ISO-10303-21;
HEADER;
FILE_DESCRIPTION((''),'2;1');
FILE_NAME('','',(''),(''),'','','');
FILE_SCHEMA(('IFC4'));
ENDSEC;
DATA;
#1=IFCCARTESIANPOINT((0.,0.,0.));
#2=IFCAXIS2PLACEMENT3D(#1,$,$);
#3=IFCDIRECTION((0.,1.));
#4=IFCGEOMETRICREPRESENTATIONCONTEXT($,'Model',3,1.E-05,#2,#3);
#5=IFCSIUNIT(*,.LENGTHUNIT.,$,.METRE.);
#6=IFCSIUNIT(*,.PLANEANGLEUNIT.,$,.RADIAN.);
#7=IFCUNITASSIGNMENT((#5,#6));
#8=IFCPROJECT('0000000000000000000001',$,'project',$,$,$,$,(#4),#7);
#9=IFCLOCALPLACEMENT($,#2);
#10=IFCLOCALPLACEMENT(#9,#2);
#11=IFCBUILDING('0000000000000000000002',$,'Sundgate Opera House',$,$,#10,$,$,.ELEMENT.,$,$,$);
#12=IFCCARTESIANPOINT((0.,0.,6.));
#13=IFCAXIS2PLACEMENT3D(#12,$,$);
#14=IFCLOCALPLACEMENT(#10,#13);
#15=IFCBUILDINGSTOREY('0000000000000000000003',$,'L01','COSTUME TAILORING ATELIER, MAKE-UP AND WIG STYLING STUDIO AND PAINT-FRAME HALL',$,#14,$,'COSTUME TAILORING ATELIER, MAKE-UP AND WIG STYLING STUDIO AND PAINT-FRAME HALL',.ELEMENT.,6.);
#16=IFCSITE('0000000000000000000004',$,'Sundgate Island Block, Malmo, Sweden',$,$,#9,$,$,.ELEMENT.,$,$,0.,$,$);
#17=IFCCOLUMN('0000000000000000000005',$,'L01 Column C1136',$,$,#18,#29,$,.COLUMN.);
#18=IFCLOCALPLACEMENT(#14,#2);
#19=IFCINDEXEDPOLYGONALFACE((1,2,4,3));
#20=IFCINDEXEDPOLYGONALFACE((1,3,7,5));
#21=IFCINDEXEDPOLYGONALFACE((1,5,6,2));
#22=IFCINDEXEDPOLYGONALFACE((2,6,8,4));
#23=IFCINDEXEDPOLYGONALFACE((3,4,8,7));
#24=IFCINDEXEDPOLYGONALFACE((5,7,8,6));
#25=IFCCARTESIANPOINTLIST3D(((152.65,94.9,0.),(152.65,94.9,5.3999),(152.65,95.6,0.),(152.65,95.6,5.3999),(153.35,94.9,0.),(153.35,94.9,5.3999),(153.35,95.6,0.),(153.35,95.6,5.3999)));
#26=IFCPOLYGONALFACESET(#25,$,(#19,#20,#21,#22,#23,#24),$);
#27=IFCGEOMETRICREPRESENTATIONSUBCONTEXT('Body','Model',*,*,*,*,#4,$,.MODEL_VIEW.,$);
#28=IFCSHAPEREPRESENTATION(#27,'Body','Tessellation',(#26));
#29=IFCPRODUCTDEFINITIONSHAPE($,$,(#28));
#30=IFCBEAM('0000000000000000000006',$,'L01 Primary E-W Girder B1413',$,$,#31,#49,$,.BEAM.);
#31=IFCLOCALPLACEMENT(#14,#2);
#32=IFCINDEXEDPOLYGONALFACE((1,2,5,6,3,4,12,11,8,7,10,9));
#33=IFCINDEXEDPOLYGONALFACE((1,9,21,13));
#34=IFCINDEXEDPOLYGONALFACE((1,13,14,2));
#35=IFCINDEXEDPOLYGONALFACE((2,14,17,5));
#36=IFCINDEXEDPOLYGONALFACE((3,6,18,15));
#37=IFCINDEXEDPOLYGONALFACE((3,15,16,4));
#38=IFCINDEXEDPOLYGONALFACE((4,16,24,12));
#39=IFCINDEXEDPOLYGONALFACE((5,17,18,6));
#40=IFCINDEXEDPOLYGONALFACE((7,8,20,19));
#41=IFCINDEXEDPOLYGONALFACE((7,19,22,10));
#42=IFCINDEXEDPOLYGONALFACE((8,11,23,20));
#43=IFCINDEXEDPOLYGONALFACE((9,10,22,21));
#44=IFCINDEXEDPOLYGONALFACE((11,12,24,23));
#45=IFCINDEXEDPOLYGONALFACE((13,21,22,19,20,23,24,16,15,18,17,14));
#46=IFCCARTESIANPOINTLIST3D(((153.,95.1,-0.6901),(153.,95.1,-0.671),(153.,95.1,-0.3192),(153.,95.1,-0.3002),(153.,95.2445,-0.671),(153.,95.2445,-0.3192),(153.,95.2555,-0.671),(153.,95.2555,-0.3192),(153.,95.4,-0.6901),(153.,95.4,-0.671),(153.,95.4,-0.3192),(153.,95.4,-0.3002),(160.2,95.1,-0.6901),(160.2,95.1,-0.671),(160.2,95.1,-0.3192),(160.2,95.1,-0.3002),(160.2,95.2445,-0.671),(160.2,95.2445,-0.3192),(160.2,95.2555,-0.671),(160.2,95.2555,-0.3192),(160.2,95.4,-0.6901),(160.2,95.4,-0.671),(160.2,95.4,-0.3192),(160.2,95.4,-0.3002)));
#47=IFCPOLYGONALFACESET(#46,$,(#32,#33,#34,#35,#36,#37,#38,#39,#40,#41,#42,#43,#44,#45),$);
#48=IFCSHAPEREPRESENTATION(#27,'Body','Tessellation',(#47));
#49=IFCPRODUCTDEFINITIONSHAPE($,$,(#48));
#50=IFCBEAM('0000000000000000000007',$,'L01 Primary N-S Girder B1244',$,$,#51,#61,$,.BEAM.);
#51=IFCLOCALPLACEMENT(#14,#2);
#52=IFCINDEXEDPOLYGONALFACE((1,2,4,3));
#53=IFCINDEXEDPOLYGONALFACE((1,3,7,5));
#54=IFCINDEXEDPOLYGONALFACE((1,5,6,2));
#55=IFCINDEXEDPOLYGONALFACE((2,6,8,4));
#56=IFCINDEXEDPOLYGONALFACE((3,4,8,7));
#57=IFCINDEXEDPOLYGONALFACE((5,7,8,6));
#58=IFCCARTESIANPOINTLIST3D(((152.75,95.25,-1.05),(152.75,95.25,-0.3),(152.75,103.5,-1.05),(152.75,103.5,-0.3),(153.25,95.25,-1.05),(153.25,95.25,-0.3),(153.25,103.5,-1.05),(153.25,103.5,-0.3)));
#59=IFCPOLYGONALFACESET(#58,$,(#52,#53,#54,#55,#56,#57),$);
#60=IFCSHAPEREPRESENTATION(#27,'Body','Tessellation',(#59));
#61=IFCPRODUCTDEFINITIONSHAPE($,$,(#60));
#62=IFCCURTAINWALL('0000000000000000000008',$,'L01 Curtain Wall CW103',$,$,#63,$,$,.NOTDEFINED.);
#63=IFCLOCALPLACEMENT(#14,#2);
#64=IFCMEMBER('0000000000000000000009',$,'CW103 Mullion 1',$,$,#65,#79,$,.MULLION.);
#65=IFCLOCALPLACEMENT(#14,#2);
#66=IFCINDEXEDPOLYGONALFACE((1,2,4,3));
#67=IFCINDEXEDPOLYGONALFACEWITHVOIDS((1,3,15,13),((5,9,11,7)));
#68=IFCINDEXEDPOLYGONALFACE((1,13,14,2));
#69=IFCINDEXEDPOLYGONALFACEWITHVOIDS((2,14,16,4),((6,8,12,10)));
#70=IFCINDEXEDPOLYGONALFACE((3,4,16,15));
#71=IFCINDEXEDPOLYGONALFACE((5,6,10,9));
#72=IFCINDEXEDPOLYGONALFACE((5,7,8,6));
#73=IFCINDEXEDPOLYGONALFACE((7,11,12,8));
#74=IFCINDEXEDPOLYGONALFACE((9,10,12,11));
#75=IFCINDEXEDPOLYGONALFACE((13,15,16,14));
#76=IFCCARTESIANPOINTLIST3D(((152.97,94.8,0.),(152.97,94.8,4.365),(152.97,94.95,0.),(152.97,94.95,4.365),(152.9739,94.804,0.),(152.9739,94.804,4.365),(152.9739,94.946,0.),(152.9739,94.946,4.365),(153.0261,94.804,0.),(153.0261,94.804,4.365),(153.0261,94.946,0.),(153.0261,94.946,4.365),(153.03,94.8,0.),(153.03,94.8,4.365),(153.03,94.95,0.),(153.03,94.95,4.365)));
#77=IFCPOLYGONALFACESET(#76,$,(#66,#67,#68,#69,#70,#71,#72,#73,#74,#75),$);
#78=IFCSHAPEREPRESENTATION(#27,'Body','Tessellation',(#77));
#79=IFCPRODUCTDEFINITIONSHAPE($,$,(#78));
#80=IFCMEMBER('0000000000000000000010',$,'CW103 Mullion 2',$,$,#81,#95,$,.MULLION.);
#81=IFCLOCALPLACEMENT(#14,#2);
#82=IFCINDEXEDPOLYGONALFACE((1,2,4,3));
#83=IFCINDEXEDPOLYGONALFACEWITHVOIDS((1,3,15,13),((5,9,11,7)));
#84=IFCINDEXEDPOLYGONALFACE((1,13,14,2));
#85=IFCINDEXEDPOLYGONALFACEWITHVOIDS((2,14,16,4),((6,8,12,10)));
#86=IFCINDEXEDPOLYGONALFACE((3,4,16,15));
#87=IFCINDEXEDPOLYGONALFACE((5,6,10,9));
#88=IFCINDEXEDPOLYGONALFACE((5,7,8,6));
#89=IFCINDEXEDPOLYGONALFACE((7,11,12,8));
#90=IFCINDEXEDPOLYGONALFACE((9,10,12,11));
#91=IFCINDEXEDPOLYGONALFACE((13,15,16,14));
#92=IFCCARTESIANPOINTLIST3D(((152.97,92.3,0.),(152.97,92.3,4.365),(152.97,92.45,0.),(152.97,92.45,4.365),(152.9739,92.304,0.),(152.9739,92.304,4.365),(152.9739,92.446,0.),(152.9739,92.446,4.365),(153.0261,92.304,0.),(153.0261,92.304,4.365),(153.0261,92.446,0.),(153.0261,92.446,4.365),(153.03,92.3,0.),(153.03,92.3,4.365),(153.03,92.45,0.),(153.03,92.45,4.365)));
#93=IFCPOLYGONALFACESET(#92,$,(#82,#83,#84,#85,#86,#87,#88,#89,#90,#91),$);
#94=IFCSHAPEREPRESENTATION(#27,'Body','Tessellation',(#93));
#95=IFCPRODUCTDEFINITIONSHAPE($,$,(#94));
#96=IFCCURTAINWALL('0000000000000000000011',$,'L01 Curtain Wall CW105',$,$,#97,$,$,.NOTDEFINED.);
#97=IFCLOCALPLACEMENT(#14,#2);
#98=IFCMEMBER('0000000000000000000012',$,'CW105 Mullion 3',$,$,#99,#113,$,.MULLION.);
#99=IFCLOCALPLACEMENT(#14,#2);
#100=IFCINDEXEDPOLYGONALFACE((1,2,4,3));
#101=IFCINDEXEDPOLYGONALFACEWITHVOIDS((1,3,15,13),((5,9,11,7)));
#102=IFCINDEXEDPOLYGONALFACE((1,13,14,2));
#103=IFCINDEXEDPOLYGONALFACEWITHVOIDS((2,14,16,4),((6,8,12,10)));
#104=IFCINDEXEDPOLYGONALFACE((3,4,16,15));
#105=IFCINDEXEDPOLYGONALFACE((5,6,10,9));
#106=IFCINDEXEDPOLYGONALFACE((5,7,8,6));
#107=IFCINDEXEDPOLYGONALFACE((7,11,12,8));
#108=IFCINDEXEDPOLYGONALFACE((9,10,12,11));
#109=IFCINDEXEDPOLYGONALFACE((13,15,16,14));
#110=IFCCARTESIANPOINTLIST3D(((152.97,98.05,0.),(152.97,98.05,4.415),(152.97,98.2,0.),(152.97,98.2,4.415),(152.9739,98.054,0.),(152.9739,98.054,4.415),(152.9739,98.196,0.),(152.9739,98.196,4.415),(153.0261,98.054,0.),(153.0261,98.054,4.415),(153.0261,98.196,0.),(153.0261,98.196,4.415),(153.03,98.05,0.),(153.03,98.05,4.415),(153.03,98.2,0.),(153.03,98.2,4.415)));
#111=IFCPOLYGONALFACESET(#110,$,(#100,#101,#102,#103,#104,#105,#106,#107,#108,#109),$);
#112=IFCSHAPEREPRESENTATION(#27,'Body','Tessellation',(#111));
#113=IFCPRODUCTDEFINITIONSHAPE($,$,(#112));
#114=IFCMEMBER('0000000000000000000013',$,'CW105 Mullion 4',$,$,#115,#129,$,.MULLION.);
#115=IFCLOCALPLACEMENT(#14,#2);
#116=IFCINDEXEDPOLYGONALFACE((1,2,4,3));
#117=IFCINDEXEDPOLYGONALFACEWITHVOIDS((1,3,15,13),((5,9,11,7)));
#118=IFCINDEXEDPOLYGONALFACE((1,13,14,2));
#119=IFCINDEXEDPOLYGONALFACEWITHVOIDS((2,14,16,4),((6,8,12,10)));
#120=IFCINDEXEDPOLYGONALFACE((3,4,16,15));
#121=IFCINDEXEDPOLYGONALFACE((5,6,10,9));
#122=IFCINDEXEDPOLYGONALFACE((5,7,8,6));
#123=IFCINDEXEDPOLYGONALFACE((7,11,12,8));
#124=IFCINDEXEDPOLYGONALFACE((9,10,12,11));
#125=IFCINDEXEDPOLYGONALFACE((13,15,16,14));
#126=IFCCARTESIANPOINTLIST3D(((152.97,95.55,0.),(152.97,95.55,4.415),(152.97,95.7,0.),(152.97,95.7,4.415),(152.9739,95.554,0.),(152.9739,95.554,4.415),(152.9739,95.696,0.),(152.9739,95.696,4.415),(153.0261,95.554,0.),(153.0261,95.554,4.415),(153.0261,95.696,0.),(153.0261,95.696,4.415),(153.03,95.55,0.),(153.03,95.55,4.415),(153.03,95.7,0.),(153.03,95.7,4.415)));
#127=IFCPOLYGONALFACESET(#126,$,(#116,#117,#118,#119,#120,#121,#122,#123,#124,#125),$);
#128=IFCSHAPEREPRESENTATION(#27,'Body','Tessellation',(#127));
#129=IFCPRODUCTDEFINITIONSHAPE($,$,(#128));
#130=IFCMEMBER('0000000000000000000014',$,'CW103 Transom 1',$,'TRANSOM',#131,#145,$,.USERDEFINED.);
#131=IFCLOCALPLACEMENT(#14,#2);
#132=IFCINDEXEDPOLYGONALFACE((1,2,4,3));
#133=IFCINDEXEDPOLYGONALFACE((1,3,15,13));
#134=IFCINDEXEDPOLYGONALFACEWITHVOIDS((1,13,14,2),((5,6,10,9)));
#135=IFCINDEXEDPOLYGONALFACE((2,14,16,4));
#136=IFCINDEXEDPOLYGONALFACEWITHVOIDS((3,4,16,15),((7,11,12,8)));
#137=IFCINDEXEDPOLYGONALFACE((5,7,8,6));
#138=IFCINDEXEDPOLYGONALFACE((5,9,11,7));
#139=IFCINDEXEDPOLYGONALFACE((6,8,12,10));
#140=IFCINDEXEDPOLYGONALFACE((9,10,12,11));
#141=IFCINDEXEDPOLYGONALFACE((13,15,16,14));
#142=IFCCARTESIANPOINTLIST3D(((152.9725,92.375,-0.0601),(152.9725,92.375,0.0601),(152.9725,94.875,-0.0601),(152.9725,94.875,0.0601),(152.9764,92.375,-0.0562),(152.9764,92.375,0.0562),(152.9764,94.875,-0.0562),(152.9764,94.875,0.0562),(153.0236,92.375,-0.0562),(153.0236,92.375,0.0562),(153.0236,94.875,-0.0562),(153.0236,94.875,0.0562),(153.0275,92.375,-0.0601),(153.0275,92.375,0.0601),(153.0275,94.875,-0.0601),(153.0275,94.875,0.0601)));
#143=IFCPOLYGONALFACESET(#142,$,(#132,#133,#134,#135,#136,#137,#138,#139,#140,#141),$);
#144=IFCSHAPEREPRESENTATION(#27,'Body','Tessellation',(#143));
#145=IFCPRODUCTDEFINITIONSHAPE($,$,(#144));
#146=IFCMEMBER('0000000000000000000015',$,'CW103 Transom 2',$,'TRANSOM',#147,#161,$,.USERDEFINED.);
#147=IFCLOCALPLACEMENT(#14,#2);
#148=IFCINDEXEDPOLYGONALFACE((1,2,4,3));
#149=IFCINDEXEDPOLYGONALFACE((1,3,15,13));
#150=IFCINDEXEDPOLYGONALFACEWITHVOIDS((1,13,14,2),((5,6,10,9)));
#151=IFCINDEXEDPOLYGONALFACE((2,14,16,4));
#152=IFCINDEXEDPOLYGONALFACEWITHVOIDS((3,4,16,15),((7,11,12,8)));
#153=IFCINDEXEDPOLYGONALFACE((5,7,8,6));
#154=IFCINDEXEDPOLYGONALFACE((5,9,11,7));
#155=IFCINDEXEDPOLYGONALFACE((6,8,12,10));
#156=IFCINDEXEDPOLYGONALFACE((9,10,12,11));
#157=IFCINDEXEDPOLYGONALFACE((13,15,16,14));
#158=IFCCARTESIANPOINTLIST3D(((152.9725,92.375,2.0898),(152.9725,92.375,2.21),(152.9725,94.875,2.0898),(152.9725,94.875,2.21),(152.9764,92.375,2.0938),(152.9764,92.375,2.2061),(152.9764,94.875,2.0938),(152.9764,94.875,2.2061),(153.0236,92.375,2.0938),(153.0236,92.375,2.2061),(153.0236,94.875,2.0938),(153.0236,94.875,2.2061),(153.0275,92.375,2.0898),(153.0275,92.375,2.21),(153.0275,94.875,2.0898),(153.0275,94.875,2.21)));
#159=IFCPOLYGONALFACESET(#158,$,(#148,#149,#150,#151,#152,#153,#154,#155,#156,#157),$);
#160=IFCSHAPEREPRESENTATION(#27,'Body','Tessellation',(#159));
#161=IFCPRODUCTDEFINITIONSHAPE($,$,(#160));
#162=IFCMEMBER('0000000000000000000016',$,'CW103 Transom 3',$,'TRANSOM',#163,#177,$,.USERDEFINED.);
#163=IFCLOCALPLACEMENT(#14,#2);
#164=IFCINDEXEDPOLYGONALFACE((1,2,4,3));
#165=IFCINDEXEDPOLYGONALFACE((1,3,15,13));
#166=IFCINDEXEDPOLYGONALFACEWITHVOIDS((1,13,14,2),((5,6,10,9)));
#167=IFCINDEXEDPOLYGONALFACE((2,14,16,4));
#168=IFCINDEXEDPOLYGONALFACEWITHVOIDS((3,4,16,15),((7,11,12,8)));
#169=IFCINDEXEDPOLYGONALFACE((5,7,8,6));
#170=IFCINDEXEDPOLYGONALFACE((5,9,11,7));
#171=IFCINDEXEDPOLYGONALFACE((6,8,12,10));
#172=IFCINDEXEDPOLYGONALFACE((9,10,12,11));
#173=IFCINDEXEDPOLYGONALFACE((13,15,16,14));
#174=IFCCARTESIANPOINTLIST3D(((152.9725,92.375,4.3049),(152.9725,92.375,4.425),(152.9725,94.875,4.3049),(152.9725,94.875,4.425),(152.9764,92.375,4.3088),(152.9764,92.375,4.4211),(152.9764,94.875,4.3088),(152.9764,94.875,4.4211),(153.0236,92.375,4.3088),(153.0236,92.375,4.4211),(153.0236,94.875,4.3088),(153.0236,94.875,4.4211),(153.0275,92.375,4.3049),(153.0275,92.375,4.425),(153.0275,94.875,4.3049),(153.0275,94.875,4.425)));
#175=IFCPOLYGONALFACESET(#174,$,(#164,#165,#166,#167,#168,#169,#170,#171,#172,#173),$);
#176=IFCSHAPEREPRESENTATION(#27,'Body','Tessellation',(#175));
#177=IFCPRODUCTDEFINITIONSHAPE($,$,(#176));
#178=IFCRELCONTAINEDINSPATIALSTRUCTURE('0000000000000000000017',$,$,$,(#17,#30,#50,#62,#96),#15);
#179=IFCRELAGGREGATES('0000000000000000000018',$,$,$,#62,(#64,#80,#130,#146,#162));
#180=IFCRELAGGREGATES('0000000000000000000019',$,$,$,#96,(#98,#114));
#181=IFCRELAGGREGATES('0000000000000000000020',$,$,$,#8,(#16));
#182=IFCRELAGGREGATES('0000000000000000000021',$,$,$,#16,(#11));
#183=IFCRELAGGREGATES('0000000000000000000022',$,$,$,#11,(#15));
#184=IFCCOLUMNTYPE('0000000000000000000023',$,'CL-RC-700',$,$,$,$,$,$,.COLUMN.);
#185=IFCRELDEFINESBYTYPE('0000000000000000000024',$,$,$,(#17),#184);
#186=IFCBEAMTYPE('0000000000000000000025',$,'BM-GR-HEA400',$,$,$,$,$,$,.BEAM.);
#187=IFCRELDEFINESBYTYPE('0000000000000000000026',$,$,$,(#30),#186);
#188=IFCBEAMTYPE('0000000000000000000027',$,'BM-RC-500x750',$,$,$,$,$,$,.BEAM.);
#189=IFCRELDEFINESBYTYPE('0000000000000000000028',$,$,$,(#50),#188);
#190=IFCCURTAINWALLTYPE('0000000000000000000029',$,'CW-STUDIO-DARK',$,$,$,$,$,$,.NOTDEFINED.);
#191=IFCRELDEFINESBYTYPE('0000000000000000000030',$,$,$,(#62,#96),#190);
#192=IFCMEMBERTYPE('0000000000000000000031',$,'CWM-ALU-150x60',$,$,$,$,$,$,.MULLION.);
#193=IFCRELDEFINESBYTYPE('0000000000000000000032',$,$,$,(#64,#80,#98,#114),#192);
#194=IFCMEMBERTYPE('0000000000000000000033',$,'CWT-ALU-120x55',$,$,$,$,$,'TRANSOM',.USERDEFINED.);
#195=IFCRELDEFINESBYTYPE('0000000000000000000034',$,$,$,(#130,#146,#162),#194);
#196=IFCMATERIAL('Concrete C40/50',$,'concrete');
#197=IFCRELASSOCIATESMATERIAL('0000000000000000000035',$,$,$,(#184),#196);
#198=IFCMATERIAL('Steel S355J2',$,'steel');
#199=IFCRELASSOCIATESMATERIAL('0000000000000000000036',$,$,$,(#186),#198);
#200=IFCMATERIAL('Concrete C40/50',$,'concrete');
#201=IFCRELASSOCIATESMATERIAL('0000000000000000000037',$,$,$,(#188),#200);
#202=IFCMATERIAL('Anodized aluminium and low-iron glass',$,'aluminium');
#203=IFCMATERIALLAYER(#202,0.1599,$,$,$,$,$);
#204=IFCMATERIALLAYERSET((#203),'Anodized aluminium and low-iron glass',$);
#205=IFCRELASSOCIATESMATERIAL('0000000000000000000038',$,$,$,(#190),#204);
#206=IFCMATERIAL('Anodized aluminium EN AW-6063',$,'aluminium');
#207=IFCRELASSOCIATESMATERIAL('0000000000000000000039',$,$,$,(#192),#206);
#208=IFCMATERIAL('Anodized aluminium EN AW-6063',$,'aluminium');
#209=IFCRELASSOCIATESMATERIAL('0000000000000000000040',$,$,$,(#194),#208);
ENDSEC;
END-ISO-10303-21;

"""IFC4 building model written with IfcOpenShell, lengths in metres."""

from ifc_helpers import new_model, si_unit, direction, frame, origin, origin_2d, place, context, subcontext, project, spatial, rectangle, hollow_rectangle, i_section, extrude, material, layer, layer_set, material_profile, profile_set, type_object, element, aggregate, save


model = new_model("IFC4")

# Units and contexts
model_context = context("Model", 3, precision=1e-05, world=origin(), true_north=direction((0.0, 1.0)))
body_context = subcontext(model_context, "Body", "Model", "MODEL_VIEW")
ifc_project = project(units=[si_unit("LENGTHUNIT", "METRE"), si_unit("PLANEANGLEUNIT", "RADIAN")], contexts=[model_context])

# Site, building, storey
site_placement = place(None, origin())
site = spatial("IfcSite", under=ifc_project, at=site_placement, Name="Sundgate Island Block, Malmo, Sweden", CompositionType="ELEMENT", RefElevation=0.0)
building_placement = place(site_placement, origin())
building = spatial("IfcBuilding", under=site, at=building_placement, Name="Sundgate Opera House", CompositionType="ELEMENT")
storey_placement = place(building_placement, frame((0.0, 0.0, 6.0)))
storey = spatial("IfcBuildingStorey", under=building, at=storey_placement, Name="L01", Description="COSTUME TAILORING ATELIER, MAKE-UP AND WIG STYLING STUDIO AND PAINT-FRAME HALL", LongName="COSTUME TAILORING ATELIER, MAKE-UP AND WIG STYLING STUDIO AND PAINT-FRAME HALL", CompositionType="ELEMENT", Elevation=6.0)

# Column
ifc_material_1 = material(Name="Concrete C40/50", Category="concrete")
ifc_material_profile_1 = material_profile(ifc_material_1, rectangle(XDim=0.7, YDim=0.7, at=origin_2d()), Name="RC 700x700")
ifc_profile_set_1 = profile_set([ifc_material_profile_1], Name="Concrete C40/50")
column_type = type_object("IfcColumnType", Name="CL-RC-700", PredefinedType="COLUMN", material=ifc_profile_set_1)
column_placement = place(storey_placement, frame((153.0, 95.25, 0.0), z_axis=(0.0, 0.0, 1.0), x_axis=(1.0, 0.0, 0.0)))
element("IfcColumn", 1, at=column_placement, inside=storey, type_object=column_type, Name="L01 Column C1136", PredefinedType="COLUMN", context=body_context, shape_type="SweptSolid", body=[
    extrude(rectangle(XDim=0.7, YDim=0.7, at=origin_2d()), origin(), (0.0, 0.0, 1.0), 5.3999),
])

# Beams
ifc_material_2 = material(Name="Steel S355J2", Category="steel")
ifc_material_profile_2 = material_profile(ifc_material_2, i_section(OverallWidth=0.3, OverallDepth=0.3899, WebThickness=0.011, FlangeThickness=0.019, at=origin_2d()), Name="HEA 400")
ifc_profile_set_2 = profile_set([ifc_material_profile_2], Name="Steel S355J2")
beam_type_1 = type_object("IfcBeamType", Name="BM-GR-HEA400", PredefinedType="BEAM", material=ifc_profile_set_2)
beam_1_placement = place(storey_placement, frame((153.0, 95.25, -0.4951), z_axis=(1.0, 0.0, 0.0), x_axis=(0.0, 1.0, 0.0)))
element("IfcBeam", 2, at=beam_1_placement, inside=storey, type_object=beam_type_1, Name="L01 Primary E-W Girder B1413", PredefinedType="BEAM", context=body_context, shape_type="SweptSolid", body=[
    extrude(i_section(OverallWidth=0.3, OverallDepth=0.3899, WebThickness=0.011, FlangeThickness=0.019, at=origin_2d()), origin(), (0.0, 0.0, 1.0), 7.2),
])
ifc_material_3 = material(Name="Concrete C40/50", Category="concrete")
ifc_material_profile_3 = material_profile(ifc_material_3, rectangle(XDim=0.5, YDim=0.75, at=origin_2d()), Name="RC 500x750")
ifc_profile_set_3 = profile_set([ifc_material_profile_3], Name="Concrete C40/50")
beam_type_2 = type_object("IfcBeamType", Name="BM-RC-500x750", PredefinedType="BEAM", material=ifc_profile_set_3)
beam_2_placement = place(storey_placement, frame((153.0, 95.25, -0.675), z_axis=(0.0, 1.0, 0.0), x_axis=(-1.0, 0.0, 0.0)))
element("IfcBeam", 3, at=beam_2_placement, inside=storey, type_object=beam_type_2, Name="L01 Primary N-S Girder B1244", PredefinedType="BEAM", context=body_context, shape_type="SweptSolid", body=[
    extrude(rectangle(XDim=0.5, YDim=0.75, at=origin_2d()), origin(), (0.0, 0.0, 1.0), 8.25),
])

# Curtain walls, members
ifc_material_4 = material(Name="Anodized aluminium and low-iron glass", Category="aluminium")
ifc_layer_1 = layer(ifc_material_4, 0.1599)
ifc_layer_set_1 = layer_set([ifc_layer_1], Name="Anodized aluminium and low-iron glass")
curtain_wall_type = type_object("IfcCurtainWallType", Name="CW-STUDIO-DARK", PredefinedType="NOTDEFINED", material=ifc_layer_set_1)
curtain_wall_1_placement = place(storey_placement, origin())
curtain_wall_1 = element("IfcCurtainWall", 4, at=curtain_wall_1_placement, inside=storey, type_object=curtain_wall_type, Name="L01 Curtain Wall CW103", PredefinedType="NOTDEFINED")
ifc_material_5 = material(Name="Anodized aluminium EN AW-6063", Category="aluminium")
ifc_material_profile_4 = material_profile(ifc_material_5, hollow_rectangle(XDim=0.0601, YDim=0.1499, WallThickness=0.0039, at=origin_2d()), Name="CWM 150x60x4")
ifc_profile_set_4 = profile_set([ifc_material_profile_4], Name="Anodized aluminium EN AW-6063")
member_type_1 = type_object("IfcMemberType", Name="CWM-ALU-150x60", PredefinedType="MULLION", material=ifc_profile_set_4)
member_1_placement = place(storey_placement, frame((153.0, 94.875, 0.0), z_axis=(0.0, 0.0, 1.0), x_axis=(1.0, 0.0, 0.0)))
member_1 = element("IfcMember", 5, at=member_1_placement, type_object=member_type_1, Name="CW103 Mullion 1", PredefinedType="MULLION", context=body_context, shape_type="SweptSolid", body=[
    extrude(hollow_rectangle(XDim=0.0601, YDim=0.1499, WallThickness=0.0039, at=origin_2d()), origin(), (0.0, 0.0, 1.0), 4.365),
])
member_2_placement = place(storey_placement, frame((153.0, 92.375, 0.0), z_axis=(0.0, 0.0, 1.0), x_axis=(1.0, 0.0, 0.0)))
member_2 = element("IfcMember", 6, at=member_2_placement, type_object=member_type_1, Name="CW103 Mullion 2", PredefinedType="MULLION", context=body_context, shape_type="SweptSolid", body=[
    extrude(hollow_rectangle(XDim=0.0601, YDim=0.1499, WallThickness=0.0039, at=origin_2d()), origin(), (0.0, 0.0, 1.0), 4.365),
])
curtain_wall_2_placement = place(storey_placement, origin())
curtain_wall_2 = element("IfcCurtainWall", 7, at=curtain_wall_2_placement, inside=storey, type_object=curtain_wall_type, Name="L01 Curtain Wall CW105", PredefinedType="NOTDEFINED")
member_3_placement = place(storey_placement, frame((153.0, 98.125, 0.0), z_axis=(0.0, 0.0, 1.0), x_axis=(1.0, 0.0, 0.0)))
member_3 = element("IfcMember", 8, at=member_3_placement, type_object=member_type_1, Name="CW105 Mullion 3", PredefinedType="MULLION", context=body_context, shape_type="SweptSolid", body=[
    extrude(hollow_rectangle(XDim=0.0601, YDim=0.1499, WallThickness=0.0039, at=origin_2d()), origin(), (0.0, 0.0, 1.0), 4.415),
])
member_4_placement = place(storey_placement, frame((153.0, 95.625, 0.0), z_axis=(0.0, 0.0, 1.0), x_axis=(1.0, 0.0, 0.0)))
member_4 = element("IfcMember", 9, at=member_4_placement, type_object=member_type_1, Name="CW105 Mullion 4", PredefinedType="MULLION", context=body_context, shape_type="SweptSolid", body=[
    extrude(hollow_rectangle(XDim=0.0601, YDim=0.1499, WallThickness=0.0039, at=origin_2d()), origin(), (0.0, 0.0, 1.0), 4.415),
])

# Members
ifc_material_6 = material(Name="Anodized aluminium EN AW-6063", Category="aluminium")
ifc_material_profile_5 = material_profile(ifc_material_6, hollow_rectangle(XDim=0.0549, YDim=0.1201, WallThickness=0.0039, at=origin_2d()), Name="CWT 120x55x4")
ifc_profile_set_5 = profile_set([ifc_material_profile_5], Name="Anodized aluminium EN AW-6063")
member_type_2 = type_object("IfcMemberType", Name="CWT-ALU-120x55", ElementType="TRANSOM", PredefinedType="USERDEFINED", material=ifc_profile_set_5)
member_5_placement = place(storey_placement, frame((153.0, 94.875, 0.0), z_axis=(0.0, -1.0, 0.0), x_axis=(1.0, 0.0, 0.0)))
member_5 = element("IfcMember", 10, at=member_5_placement, type_object=member_type_2, Name="CW103 Transom 1", ObjectType="TRANSOM", PredefinedType="USERDEFINED", context=body_context, shape_type="SweptSolid", body=[
    extrude(hollow_rectangle(XDim=0.0549, YDim=0.1201, WallThickness=0.0039, at=origin_2d()), origin(), (0.0, 0.0, 1.0), 2.5),
])
member_6_placement = place(storey_placement, frame((153.0, 94.875, 2.1499), z_axis=(0.0, -1.0, 0.0), x_axis=(1.0, 0.0, 0.0)))
member_6 = element("IfcMember", 11, at=member_6_placement, type_object=member_type_2, Name="CW103 Transom 2", ObjectType="TRANSOM", PredefinedType="USERDEFINED", context=body_context, shape_type="SweptSolid", body=[
    extrude(hollow_rectangle(XDim=0.0549, YDim=0.1201, WallThickness=0.0039, at=origin_2d()), origin(), (0.0, 0.0, 1.0), 2.5),
])
member_7_placement = place(storey_placement, frame((153.0, 94.875, 4.365), z_axis=(0.0, -1.0, 0.0), x_axis=(1.0, 0.0, 0.0)))
member_7 = element("IfcMember", 12, at=member_7_placement, type_object=member_type_2, Name="CW103 Transom 3", ObjectType="TRANSOM", PredefinedType="USERDEFINED", context=body_context, shape_type="SweptSolid", body=[
    extrude(hollow_rectangle(XDim=0.0549, YDim=0.1201, WallThickness=0.0039, at=origin_2d()), origin(), (0.0, 0.0, 1.0), 2.5),
])

aggregate(curtain_wall_1, [member_1, member_2, member_5, member_6, member_7])
aggregate(curtain_wall_2, [member_3, member_4])

save(model, "model.ifc")
